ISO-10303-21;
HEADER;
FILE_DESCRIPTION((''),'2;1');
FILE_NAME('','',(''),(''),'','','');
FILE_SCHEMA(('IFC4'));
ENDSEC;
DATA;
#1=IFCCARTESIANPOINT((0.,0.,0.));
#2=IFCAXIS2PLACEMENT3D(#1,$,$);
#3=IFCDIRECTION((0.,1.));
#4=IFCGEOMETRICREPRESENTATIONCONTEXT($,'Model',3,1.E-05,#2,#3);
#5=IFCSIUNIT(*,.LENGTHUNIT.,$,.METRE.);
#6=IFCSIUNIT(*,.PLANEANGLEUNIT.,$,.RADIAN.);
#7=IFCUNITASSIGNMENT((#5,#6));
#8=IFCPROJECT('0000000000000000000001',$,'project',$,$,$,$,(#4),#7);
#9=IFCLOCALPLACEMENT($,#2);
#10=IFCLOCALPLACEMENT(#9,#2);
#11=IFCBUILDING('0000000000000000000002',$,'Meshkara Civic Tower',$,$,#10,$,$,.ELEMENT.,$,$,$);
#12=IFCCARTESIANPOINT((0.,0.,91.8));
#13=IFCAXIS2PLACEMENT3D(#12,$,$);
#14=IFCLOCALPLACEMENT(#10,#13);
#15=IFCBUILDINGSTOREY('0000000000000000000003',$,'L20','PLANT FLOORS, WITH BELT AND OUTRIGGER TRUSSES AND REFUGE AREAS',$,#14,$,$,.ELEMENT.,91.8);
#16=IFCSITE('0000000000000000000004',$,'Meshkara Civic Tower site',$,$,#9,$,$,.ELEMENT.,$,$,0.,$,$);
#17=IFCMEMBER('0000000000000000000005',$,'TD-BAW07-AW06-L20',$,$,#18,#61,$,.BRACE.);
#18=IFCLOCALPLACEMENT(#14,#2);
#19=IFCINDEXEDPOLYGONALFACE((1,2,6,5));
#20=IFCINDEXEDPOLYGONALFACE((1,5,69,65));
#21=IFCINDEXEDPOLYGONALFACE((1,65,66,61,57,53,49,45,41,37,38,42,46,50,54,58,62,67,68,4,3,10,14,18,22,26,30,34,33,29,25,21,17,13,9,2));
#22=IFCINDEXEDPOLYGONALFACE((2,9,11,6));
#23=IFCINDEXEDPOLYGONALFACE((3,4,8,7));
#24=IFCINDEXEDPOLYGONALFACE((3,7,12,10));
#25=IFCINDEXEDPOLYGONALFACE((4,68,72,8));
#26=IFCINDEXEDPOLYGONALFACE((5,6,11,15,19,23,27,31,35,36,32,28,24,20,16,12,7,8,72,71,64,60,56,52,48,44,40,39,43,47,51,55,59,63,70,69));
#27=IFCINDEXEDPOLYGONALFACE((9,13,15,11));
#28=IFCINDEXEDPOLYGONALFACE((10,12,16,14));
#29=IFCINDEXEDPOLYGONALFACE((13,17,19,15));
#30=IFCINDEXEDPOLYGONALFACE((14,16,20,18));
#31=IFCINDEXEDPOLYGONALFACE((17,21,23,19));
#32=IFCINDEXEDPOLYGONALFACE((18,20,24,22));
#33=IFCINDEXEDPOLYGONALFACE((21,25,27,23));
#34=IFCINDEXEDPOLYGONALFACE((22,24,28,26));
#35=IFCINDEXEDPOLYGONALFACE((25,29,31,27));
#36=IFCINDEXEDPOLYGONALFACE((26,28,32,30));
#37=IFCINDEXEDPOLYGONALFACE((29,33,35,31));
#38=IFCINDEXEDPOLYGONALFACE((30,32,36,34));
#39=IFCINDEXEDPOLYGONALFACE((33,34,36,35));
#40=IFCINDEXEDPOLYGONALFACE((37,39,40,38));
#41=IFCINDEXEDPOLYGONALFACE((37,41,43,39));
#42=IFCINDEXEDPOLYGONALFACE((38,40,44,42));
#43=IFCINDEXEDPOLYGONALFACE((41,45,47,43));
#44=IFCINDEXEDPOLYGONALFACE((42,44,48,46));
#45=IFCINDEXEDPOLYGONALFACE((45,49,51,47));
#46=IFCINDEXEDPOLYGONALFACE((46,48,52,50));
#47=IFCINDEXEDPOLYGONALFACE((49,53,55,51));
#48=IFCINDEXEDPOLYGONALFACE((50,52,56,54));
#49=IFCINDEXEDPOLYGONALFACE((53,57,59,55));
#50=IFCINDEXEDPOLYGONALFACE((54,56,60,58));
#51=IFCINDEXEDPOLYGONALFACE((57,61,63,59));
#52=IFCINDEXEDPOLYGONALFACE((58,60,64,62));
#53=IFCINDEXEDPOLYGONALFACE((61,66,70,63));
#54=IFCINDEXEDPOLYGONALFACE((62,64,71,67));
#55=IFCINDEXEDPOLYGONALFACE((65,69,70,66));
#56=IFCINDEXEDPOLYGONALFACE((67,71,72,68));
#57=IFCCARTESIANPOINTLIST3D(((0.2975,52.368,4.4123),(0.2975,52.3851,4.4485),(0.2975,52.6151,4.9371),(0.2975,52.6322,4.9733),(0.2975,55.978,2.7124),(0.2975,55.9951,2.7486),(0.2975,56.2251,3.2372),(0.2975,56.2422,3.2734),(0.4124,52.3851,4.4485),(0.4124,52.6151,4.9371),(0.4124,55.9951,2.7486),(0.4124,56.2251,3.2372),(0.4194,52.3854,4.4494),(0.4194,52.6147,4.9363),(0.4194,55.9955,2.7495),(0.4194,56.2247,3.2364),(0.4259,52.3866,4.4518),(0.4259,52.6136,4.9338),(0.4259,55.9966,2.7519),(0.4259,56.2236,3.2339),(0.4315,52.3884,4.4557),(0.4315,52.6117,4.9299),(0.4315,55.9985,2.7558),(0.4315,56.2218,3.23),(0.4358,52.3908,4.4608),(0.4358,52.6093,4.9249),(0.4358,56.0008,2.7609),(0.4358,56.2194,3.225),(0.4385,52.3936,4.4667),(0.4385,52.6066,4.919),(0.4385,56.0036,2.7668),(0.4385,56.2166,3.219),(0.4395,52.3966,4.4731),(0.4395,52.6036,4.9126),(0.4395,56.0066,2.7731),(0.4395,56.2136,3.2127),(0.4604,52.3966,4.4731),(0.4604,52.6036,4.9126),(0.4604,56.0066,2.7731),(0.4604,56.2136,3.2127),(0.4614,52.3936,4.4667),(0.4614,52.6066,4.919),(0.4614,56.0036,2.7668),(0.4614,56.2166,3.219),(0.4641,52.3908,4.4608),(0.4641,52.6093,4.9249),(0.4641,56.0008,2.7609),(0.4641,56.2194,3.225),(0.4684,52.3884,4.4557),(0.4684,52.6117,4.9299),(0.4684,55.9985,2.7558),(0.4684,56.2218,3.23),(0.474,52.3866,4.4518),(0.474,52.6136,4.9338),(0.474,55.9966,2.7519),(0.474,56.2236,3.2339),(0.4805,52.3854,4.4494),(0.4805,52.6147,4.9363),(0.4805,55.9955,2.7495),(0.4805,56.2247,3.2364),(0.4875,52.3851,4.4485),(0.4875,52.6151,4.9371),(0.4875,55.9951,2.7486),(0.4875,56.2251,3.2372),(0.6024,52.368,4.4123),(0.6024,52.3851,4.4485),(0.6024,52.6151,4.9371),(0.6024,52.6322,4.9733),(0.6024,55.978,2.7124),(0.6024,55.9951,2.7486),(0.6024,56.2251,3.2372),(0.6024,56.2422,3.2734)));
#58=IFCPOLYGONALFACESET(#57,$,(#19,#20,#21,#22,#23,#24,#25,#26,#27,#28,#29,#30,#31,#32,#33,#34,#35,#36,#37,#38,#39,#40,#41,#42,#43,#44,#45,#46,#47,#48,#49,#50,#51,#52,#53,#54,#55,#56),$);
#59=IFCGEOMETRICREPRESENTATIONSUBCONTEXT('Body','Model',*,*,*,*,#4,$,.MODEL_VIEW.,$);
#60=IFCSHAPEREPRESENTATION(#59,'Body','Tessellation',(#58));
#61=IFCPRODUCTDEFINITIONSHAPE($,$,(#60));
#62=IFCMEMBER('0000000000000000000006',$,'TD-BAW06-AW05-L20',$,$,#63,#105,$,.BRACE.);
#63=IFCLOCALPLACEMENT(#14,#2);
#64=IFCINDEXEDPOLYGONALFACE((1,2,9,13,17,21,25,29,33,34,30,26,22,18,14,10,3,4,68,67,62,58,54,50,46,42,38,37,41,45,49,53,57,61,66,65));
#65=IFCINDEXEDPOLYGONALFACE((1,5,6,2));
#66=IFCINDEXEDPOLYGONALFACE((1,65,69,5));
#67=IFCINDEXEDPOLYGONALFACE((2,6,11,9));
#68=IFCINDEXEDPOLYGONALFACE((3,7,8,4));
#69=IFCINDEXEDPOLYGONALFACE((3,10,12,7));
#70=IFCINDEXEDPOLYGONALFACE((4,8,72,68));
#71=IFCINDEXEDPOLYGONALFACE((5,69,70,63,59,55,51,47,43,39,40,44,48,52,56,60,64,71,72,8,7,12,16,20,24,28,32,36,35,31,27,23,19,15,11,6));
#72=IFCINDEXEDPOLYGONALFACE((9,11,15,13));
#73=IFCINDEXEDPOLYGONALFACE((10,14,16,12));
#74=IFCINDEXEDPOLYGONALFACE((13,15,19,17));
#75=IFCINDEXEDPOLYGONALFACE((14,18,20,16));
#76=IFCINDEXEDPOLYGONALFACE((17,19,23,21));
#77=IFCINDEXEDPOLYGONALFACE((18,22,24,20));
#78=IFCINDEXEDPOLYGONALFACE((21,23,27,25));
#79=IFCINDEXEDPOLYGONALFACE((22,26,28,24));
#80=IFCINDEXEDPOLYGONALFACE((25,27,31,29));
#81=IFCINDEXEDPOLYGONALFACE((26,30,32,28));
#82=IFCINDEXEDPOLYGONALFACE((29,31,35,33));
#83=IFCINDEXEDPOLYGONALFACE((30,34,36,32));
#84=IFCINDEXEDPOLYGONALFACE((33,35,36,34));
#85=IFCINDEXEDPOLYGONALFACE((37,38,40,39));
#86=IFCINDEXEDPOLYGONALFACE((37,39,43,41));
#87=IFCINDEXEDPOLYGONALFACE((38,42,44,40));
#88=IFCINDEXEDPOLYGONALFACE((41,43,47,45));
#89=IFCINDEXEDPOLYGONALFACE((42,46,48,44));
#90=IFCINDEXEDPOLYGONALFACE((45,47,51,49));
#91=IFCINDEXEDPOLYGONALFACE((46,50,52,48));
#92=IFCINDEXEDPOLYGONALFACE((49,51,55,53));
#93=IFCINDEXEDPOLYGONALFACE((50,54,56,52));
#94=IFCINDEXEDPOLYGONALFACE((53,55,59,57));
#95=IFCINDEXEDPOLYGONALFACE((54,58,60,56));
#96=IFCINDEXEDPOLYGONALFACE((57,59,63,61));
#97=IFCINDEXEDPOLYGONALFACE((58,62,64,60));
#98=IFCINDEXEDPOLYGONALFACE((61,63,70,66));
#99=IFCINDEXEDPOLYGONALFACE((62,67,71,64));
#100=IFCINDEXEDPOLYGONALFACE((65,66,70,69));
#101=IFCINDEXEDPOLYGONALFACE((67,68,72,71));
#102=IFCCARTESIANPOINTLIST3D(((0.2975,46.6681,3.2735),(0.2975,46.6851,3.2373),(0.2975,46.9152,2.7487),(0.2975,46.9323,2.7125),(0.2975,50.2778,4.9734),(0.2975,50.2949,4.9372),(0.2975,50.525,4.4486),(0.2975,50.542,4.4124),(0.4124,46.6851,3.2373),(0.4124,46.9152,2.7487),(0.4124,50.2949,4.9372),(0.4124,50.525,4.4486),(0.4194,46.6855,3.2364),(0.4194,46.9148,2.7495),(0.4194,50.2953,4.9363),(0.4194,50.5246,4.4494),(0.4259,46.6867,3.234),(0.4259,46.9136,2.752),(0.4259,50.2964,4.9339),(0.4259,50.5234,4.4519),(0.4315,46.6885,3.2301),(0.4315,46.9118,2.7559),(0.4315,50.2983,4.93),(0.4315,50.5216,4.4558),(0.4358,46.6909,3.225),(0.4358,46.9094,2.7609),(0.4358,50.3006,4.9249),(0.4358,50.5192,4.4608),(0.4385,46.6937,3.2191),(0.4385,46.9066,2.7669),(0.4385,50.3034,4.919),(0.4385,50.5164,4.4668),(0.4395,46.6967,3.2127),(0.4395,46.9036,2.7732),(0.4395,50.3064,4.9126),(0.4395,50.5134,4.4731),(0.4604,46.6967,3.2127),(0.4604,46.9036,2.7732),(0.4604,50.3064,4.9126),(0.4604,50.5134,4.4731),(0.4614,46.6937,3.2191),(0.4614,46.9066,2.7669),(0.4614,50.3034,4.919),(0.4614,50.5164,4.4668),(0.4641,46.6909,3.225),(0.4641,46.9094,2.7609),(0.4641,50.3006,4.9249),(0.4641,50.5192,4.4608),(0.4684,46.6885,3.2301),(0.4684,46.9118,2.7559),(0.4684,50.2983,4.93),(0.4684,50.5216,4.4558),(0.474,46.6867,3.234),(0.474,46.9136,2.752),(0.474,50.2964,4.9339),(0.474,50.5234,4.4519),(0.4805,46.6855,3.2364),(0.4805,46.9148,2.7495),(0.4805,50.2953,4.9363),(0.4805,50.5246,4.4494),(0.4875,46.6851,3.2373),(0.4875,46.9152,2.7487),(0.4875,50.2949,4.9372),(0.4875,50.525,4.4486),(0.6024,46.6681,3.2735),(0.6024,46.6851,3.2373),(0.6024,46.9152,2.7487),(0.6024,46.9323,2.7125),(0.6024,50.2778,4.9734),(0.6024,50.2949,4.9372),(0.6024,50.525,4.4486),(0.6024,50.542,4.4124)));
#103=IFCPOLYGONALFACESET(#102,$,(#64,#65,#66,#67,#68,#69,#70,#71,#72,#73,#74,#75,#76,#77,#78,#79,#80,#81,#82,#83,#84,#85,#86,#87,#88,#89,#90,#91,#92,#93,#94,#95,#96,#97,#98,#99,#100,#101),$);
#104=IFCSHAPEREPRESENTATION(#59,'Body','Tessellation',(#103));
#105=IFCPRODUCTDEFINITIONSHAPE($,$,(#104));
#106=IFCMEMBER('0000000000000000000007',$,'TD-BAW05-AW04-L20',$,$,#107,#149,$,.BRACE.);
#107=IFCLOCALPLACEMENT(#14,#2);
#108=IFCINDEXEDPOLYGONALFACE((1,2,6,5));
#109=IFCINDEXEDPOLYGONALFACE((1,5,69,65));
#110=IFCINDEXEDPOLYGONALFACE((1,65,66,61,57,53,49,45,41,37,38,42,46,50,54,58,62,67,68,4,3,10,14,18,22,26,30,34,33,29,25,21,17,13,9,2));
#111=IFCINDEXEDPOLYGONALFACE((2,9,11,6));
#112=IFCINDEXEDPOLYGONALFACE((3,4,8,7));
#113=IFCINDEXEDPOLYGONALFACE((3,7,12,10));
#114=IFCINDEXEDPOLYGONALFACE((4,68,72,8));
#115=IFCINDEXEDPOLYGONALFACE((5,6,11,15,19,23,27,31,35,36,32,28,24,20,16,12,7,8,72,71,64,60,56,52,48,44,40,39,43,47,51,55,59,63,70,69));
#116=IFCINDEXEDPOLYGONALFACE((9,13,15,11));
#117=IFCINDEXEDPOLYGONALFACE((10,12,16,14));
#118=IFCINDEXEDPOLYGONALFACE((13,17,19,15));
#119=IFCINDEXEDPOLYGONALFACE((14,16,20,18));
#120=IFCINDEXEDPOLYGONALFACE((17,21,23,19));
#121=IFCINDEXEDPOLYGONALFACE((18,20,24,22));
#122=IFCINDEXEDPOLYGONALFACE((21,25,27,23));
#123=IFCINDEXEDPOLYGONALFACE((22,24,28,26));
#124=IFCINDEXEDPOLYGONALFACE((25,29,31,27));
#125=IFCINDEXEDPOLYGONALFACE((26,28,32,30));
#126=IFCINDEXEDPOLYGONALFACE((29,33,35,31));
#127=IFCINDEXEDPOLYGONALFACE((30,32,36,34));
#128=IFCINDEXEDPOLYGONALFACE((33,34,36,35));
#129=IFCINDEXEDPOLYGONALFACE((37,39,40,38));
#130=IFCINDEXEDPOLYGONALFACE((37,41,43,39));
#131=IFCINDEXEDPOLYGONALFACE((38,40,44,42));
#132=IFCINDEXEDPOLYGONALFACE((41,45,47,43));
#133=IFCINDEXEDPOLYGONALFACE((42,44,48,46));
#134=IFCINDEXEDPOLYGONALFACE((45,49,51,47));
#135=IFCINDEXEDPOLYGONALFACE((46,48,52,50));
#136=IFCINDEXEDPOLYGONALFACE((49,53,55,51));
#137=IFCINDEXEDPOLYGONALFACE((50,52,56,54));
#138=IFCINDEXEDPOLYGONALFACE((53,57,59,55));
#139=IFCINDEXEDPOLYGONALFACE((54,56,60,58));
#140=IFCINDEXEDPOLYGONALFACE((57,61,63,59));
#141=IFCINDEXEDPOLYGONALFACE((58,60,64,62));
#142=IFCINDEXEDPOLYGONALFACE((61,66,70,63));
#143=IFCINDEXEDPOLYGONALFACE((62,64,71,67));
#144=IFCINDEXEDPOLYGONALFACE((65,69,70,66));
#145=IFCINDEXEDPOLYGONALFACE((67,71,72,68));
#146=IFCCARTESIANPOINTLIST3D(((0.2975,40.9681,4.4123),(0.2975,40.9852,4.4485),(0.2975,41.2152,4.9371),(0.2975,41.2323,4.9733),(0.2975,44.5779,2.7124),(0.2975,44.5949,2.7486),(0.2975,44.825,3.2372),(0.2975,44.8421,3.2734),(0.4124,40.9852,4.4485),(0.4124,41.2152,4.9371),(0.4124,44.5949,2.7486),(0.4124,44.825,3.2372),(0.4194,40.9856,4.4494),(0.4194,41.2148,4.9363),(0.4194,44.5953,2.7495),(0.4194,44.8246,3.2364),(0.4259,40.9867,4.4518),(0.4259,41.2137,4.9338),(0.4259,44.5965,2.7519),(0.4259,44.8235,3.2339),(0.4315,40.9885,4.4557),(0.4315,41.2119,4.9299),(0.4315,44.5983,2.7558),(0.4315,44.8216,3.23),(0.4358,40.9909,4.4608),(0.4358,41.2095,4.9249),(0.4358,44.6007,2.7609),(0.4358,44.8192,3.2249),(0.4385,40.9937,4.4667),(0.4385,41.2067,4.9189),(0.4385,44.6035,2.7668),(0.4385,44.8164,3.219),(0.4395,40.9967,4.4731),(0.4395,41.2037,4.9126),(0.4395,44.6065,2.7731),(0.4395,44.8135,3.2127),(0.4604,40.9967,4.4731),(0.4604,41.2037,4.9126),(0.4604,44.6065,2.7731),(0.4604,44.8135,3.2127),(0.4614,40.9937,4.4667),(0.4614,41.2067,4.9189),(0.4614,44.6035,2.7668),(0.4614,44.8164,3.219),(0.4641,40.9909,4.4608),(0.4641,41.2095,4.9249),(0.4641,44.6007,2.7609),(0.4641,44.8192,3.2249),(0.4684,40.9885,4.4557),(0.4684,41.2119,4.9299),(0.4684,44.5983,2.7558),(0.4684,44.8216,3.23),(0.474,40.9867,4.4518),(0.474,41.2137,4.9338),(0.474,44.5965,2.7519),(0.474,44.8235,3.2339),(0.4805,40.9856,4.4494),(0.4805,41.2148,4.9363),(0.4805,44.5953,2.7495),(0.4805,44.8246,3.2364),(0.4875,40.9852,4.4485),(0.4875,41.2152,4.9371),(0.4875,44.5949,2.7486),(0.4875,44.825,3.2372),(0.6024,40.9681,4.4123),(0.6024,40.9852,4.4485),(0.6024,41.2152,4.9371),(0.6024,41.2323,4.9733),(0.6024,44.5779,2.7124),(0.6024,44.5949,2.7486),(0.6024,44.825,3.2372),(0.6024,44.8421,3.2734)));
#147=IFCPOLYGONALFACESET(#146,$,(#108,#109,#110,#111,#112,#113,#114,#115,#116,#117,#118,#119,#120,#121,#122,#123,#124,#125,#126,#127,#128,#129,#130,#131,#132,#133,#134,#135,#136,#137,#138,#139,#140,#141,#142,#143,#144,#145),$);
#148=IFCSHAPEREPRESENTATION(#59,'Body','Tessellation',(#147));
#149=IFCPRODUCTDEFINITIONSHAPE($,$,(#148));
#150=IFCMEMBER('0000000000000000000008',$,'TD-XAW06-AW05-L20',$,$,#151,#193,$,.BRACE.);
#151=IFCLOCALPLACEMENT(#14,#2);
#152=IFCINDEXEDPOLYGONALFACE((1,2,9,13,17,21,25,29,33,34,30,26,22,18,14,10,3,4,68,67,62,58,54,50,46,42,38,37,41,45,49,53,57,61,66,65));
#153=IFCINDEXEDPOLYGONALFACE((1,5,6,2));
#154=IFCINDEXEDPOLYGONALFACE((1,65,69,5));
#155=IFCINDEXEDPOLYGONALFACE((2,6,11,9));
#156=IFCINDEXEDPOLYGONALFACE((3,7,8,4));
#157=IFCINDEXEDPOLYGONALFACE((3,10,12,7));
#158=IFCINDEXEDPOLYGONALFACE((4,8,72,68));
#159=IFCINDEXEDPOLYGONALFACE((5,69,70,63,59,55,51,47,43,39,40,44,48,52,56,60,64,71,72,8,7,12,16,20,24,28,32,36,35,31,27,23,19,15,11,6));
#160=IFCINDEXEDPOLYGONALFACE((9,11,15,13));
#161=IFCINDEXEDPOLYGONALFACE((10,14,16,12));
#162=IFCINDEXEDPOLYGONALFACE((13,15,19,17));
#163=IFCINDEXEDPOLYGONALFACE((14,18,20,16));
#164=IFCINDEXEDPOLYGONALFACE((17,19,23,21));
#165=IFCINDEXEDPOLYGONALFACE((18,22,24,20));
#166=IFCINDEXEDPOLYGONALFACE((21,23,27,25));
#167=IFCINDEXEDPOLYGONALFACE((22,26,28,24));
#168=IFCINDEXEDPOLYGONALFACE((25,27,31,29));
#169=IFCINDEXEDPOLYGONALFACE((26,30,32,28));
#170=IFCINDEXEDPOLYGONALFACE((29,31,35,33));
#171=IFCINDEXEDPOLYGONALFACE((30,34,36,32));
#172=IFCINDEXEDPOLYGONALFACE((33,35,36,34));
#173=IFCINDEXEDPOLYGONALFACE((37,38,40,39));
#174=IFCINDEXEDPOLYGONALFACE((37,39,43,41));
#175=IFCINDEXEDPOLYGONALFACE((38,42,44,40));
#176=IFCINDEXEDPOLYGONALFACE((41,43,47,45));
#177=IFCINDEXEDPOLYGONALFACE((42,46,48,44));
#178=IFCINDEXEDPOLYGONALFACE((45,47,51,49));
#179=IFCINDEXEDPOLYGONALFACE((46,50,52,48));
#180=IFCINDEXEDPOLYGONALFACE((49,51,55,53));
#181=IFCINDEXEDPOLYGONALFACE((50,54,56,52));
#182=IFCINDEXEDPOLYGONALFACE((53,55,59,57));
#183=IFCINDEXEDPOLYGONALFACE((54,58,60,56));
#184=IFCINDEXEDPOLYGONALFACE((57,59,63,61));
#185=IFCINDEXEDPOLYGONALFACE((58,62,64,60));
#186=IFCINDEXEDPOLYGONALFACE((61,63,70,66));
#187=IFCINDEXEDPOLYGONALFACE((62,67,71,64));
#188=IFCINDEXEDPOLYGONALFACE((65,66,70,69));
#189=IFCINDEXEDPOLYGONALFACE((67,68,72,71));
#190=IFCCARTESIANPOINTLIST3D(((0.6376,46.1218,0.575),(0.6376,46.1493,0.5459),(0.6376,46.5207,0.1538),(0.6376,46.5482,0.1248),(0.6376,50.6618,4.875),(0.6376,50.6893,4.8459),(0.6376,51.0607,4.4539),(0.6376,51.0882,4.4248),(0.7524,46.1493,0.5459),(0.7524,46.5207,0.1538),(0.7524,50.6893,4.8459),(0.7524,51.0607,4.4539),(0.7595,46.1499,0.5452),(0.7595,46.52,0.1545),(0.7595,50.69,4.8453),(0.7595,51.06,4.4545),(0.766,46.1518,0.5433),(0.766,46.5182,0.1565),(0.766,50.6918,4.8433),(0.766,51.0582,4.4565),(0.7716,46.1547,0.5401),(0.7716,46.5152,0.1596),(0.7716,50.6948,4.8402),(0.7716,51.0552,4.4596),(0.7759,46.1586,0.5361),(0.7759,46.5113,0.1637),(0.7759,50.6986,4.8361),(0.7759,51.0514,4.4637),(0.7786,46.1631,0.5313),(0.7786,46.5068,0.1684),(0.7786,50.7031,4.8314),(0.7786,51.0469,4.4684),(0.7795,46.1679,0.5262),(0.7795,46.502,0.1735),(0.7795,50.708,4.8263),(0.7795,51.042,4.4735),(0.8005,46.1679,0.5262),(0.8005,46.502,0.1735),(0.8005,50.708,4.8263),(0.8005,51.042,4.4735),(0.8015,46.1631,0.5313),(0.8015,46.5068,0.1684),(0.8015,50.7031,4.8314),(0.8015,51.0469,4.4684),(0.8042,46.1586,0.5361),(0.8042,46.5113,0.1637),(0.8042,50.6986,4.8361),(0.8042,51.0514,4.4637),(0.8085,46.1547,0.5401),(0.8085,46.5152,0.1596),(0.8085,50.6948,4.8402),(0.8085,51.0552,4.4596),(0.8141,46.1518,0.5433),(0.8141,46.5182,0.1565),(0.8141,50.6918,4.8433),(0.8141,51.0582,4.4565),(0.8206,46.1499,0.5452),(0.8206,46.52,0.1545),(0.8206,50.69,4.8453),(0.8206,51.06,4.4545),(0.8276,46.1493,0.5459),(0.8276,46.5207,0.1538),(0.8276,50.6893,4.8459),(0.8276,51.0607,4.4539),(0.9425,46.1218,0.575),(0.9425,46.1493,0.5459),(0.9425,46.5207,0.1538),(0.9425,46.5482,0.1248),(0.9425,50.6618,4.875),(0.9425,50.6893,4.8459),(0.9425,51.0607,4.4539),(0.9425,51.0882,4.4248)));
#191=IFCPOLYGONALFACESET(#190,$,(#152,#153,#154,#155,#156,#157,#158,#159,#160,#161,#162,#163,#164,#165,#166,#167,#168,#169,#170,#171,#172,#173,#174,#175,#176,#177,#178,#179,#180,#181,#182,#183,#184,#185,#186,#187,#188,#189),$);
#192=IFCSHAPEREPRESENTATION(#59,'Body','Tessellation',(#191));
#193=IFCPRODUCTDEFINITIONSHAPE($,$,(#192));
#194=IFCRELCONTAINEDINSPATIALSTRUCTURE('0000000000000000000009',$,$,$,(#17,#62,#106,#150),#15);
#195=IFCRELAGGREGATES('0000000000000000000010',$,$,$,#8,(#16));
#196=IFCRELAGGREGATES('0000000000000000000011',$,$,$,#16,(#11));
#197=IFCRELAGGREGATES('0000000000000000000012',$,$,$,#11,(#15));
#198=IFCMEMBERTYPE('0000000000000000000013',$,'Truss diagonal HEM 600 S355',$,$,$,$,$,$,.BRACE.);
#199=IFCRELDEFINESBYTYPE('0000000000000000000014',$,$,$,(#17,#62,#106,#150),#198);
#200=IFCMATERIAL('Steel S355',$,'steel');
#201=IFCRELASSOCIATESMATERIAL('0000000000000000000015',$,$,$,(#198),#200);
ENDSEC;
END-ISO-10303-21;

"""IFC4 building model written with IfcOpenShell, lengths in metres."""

from ifc_helpers import new_model, si_unit, direction, frame, origin, origin_2d, place, context, subcontext, project, spatial, i_section, extrude, material, material_profile, profile_set, type_object, element, save


model = new_model("IFC4")

# Units and contexts
model_context = context("Model", 3, precision=1e-05, world=origin(), true_north=direction((0.0, 1.0)))
body_context = subcontext(model_context, "Body", "Model", "MODEL_VIEW")
ifc_project = project(units=[si_unit("LENGTHUNIT", "METRE"), si_unit("PLANEANGLEUNIT", "RADIAN")], contexts=[model_context])

# Site, building, storey
site_placement = place(None, origin())
site = spatial("IfcSite", under=ifc_project, at=site_placement, Name="Meshkara Civic Tower site", CompositionType="ELEMENT", RefElevation=0.0)
building_placement = place(site_placement, origin())
building = spatial("IfcBuilding", under=site, at=building_placement, Name="Meshkara Civic Tower", CompositionType="ELEMENT")
storey_placement = place(building_placement, frame((0.0, 0.0, 91.8)))
storey = spatial("IfcBuildingStorey", under=building, at=storey_placement, Name="L20", Description="PLANT FLOORS, WITH BELT AND OUTRIGGER TRUSSES AND REFUGE AREAS", CompositionType="ELEMENT", Elevation=91.8)

# Members
ifc_material_1 = material(Name="Steel S355", Category="steel")
ifc_material_profile_1 = material_profile(ifc_material_1, i_section(OverallWidth=0.3049, OverallDepth=0.6201, WebThickness=0.021, FlangeThickness=0.04, FilletRadius=0.0271, at=origin_2d()))
ifc_profile_set_1 = profile_set([ifc_material_profile_1], Name="Steel S355")
member_type_1 = type_object("IfcMemberType", Name="Truss diagonal HEM 600 S355", PredefinedType="BRACE", material=ifc_profile_set_1)
for number, where, z_axis, x_axis, name in (
    (1, (0.45, 56.1101, 2.9929), (0.0, -0.904715, 0.426018), (1.0, 0.0, 0.0), "TD-BAW07-AW06-L20"),
):
    element("IfcMember", number, at=place(storey_placement, frame(where, z_axis=z_axis, x_axis=x_axis)), inside=storey, type_object=member_type_1, Name=name, PredefinedType="BRACE", context=body_context, shape_type="SweptSolid", body=[
        extrude(i_section(OverallWidth=0.3049, OverallDepth=0.6201, WebThickness=0.021, FlangeThickness=0.04, FilletRadius=0.0271, at=origin_2d()), origin(), (0.0, 0.0, 1.0), 3.9902),
    ])
for number, where, z_axis, x_axis, name in (
    (2, (0.45, 50.4099, 4.6929), (0.0, -0.904704, -0.426042), (1.0, 0.0, 0.0), "TD-BAW06-AW05-L20"),
    (3, (0.45, 44.71, 2.9929), (0.0, -0.904704, 0.426042), (1.0, 0.0, 0.0), "TD-BAW05-AW04-L20"),
):
    element("IfcMember", number, at=place(storey_placement, frame(where, z_axis=z_axis, x_axis=x_axis)), inside=storey, type_object=member_type_1, Name=name, PredefinedType="BRACE", context=body_context, shape_type="SweptSolid", body=[
        extrude(i_section(OverallWidth=0.3049, OverallDepth=0.6201, WebThickness=0.021, FlangeThickness=0.04, FilletRadius=0.0271, at=origin_2d()), origin(), (0.0, 0.0, 1.0), 3.99),
    ])
member_placement = place(storey_placement, frame((0.79, 50.875, 4.6499), z_axis=(0.0, -0.726036, -0.687657), x_axis=(1.0, 0.0, 0.0)))
element("IfcMember", 4, at=member_placement, inside=storey, type_object=member_type_1, Name="TD-XAW06-AW05-L20", PredefinedType="BRACE", context=body_context, shape_type="SweptSolid", body=[
    extrude(i_section(OverallWidth=0.3049, OverallDepth=0.6201, WebThickness=0.021, FlangeThickness=0.04, FilletRadius=0.0271, at=origin_2d()), origin(), (0.0, 0.0, 1.0), 6.2532),
])

save(model, "model.ifc")
